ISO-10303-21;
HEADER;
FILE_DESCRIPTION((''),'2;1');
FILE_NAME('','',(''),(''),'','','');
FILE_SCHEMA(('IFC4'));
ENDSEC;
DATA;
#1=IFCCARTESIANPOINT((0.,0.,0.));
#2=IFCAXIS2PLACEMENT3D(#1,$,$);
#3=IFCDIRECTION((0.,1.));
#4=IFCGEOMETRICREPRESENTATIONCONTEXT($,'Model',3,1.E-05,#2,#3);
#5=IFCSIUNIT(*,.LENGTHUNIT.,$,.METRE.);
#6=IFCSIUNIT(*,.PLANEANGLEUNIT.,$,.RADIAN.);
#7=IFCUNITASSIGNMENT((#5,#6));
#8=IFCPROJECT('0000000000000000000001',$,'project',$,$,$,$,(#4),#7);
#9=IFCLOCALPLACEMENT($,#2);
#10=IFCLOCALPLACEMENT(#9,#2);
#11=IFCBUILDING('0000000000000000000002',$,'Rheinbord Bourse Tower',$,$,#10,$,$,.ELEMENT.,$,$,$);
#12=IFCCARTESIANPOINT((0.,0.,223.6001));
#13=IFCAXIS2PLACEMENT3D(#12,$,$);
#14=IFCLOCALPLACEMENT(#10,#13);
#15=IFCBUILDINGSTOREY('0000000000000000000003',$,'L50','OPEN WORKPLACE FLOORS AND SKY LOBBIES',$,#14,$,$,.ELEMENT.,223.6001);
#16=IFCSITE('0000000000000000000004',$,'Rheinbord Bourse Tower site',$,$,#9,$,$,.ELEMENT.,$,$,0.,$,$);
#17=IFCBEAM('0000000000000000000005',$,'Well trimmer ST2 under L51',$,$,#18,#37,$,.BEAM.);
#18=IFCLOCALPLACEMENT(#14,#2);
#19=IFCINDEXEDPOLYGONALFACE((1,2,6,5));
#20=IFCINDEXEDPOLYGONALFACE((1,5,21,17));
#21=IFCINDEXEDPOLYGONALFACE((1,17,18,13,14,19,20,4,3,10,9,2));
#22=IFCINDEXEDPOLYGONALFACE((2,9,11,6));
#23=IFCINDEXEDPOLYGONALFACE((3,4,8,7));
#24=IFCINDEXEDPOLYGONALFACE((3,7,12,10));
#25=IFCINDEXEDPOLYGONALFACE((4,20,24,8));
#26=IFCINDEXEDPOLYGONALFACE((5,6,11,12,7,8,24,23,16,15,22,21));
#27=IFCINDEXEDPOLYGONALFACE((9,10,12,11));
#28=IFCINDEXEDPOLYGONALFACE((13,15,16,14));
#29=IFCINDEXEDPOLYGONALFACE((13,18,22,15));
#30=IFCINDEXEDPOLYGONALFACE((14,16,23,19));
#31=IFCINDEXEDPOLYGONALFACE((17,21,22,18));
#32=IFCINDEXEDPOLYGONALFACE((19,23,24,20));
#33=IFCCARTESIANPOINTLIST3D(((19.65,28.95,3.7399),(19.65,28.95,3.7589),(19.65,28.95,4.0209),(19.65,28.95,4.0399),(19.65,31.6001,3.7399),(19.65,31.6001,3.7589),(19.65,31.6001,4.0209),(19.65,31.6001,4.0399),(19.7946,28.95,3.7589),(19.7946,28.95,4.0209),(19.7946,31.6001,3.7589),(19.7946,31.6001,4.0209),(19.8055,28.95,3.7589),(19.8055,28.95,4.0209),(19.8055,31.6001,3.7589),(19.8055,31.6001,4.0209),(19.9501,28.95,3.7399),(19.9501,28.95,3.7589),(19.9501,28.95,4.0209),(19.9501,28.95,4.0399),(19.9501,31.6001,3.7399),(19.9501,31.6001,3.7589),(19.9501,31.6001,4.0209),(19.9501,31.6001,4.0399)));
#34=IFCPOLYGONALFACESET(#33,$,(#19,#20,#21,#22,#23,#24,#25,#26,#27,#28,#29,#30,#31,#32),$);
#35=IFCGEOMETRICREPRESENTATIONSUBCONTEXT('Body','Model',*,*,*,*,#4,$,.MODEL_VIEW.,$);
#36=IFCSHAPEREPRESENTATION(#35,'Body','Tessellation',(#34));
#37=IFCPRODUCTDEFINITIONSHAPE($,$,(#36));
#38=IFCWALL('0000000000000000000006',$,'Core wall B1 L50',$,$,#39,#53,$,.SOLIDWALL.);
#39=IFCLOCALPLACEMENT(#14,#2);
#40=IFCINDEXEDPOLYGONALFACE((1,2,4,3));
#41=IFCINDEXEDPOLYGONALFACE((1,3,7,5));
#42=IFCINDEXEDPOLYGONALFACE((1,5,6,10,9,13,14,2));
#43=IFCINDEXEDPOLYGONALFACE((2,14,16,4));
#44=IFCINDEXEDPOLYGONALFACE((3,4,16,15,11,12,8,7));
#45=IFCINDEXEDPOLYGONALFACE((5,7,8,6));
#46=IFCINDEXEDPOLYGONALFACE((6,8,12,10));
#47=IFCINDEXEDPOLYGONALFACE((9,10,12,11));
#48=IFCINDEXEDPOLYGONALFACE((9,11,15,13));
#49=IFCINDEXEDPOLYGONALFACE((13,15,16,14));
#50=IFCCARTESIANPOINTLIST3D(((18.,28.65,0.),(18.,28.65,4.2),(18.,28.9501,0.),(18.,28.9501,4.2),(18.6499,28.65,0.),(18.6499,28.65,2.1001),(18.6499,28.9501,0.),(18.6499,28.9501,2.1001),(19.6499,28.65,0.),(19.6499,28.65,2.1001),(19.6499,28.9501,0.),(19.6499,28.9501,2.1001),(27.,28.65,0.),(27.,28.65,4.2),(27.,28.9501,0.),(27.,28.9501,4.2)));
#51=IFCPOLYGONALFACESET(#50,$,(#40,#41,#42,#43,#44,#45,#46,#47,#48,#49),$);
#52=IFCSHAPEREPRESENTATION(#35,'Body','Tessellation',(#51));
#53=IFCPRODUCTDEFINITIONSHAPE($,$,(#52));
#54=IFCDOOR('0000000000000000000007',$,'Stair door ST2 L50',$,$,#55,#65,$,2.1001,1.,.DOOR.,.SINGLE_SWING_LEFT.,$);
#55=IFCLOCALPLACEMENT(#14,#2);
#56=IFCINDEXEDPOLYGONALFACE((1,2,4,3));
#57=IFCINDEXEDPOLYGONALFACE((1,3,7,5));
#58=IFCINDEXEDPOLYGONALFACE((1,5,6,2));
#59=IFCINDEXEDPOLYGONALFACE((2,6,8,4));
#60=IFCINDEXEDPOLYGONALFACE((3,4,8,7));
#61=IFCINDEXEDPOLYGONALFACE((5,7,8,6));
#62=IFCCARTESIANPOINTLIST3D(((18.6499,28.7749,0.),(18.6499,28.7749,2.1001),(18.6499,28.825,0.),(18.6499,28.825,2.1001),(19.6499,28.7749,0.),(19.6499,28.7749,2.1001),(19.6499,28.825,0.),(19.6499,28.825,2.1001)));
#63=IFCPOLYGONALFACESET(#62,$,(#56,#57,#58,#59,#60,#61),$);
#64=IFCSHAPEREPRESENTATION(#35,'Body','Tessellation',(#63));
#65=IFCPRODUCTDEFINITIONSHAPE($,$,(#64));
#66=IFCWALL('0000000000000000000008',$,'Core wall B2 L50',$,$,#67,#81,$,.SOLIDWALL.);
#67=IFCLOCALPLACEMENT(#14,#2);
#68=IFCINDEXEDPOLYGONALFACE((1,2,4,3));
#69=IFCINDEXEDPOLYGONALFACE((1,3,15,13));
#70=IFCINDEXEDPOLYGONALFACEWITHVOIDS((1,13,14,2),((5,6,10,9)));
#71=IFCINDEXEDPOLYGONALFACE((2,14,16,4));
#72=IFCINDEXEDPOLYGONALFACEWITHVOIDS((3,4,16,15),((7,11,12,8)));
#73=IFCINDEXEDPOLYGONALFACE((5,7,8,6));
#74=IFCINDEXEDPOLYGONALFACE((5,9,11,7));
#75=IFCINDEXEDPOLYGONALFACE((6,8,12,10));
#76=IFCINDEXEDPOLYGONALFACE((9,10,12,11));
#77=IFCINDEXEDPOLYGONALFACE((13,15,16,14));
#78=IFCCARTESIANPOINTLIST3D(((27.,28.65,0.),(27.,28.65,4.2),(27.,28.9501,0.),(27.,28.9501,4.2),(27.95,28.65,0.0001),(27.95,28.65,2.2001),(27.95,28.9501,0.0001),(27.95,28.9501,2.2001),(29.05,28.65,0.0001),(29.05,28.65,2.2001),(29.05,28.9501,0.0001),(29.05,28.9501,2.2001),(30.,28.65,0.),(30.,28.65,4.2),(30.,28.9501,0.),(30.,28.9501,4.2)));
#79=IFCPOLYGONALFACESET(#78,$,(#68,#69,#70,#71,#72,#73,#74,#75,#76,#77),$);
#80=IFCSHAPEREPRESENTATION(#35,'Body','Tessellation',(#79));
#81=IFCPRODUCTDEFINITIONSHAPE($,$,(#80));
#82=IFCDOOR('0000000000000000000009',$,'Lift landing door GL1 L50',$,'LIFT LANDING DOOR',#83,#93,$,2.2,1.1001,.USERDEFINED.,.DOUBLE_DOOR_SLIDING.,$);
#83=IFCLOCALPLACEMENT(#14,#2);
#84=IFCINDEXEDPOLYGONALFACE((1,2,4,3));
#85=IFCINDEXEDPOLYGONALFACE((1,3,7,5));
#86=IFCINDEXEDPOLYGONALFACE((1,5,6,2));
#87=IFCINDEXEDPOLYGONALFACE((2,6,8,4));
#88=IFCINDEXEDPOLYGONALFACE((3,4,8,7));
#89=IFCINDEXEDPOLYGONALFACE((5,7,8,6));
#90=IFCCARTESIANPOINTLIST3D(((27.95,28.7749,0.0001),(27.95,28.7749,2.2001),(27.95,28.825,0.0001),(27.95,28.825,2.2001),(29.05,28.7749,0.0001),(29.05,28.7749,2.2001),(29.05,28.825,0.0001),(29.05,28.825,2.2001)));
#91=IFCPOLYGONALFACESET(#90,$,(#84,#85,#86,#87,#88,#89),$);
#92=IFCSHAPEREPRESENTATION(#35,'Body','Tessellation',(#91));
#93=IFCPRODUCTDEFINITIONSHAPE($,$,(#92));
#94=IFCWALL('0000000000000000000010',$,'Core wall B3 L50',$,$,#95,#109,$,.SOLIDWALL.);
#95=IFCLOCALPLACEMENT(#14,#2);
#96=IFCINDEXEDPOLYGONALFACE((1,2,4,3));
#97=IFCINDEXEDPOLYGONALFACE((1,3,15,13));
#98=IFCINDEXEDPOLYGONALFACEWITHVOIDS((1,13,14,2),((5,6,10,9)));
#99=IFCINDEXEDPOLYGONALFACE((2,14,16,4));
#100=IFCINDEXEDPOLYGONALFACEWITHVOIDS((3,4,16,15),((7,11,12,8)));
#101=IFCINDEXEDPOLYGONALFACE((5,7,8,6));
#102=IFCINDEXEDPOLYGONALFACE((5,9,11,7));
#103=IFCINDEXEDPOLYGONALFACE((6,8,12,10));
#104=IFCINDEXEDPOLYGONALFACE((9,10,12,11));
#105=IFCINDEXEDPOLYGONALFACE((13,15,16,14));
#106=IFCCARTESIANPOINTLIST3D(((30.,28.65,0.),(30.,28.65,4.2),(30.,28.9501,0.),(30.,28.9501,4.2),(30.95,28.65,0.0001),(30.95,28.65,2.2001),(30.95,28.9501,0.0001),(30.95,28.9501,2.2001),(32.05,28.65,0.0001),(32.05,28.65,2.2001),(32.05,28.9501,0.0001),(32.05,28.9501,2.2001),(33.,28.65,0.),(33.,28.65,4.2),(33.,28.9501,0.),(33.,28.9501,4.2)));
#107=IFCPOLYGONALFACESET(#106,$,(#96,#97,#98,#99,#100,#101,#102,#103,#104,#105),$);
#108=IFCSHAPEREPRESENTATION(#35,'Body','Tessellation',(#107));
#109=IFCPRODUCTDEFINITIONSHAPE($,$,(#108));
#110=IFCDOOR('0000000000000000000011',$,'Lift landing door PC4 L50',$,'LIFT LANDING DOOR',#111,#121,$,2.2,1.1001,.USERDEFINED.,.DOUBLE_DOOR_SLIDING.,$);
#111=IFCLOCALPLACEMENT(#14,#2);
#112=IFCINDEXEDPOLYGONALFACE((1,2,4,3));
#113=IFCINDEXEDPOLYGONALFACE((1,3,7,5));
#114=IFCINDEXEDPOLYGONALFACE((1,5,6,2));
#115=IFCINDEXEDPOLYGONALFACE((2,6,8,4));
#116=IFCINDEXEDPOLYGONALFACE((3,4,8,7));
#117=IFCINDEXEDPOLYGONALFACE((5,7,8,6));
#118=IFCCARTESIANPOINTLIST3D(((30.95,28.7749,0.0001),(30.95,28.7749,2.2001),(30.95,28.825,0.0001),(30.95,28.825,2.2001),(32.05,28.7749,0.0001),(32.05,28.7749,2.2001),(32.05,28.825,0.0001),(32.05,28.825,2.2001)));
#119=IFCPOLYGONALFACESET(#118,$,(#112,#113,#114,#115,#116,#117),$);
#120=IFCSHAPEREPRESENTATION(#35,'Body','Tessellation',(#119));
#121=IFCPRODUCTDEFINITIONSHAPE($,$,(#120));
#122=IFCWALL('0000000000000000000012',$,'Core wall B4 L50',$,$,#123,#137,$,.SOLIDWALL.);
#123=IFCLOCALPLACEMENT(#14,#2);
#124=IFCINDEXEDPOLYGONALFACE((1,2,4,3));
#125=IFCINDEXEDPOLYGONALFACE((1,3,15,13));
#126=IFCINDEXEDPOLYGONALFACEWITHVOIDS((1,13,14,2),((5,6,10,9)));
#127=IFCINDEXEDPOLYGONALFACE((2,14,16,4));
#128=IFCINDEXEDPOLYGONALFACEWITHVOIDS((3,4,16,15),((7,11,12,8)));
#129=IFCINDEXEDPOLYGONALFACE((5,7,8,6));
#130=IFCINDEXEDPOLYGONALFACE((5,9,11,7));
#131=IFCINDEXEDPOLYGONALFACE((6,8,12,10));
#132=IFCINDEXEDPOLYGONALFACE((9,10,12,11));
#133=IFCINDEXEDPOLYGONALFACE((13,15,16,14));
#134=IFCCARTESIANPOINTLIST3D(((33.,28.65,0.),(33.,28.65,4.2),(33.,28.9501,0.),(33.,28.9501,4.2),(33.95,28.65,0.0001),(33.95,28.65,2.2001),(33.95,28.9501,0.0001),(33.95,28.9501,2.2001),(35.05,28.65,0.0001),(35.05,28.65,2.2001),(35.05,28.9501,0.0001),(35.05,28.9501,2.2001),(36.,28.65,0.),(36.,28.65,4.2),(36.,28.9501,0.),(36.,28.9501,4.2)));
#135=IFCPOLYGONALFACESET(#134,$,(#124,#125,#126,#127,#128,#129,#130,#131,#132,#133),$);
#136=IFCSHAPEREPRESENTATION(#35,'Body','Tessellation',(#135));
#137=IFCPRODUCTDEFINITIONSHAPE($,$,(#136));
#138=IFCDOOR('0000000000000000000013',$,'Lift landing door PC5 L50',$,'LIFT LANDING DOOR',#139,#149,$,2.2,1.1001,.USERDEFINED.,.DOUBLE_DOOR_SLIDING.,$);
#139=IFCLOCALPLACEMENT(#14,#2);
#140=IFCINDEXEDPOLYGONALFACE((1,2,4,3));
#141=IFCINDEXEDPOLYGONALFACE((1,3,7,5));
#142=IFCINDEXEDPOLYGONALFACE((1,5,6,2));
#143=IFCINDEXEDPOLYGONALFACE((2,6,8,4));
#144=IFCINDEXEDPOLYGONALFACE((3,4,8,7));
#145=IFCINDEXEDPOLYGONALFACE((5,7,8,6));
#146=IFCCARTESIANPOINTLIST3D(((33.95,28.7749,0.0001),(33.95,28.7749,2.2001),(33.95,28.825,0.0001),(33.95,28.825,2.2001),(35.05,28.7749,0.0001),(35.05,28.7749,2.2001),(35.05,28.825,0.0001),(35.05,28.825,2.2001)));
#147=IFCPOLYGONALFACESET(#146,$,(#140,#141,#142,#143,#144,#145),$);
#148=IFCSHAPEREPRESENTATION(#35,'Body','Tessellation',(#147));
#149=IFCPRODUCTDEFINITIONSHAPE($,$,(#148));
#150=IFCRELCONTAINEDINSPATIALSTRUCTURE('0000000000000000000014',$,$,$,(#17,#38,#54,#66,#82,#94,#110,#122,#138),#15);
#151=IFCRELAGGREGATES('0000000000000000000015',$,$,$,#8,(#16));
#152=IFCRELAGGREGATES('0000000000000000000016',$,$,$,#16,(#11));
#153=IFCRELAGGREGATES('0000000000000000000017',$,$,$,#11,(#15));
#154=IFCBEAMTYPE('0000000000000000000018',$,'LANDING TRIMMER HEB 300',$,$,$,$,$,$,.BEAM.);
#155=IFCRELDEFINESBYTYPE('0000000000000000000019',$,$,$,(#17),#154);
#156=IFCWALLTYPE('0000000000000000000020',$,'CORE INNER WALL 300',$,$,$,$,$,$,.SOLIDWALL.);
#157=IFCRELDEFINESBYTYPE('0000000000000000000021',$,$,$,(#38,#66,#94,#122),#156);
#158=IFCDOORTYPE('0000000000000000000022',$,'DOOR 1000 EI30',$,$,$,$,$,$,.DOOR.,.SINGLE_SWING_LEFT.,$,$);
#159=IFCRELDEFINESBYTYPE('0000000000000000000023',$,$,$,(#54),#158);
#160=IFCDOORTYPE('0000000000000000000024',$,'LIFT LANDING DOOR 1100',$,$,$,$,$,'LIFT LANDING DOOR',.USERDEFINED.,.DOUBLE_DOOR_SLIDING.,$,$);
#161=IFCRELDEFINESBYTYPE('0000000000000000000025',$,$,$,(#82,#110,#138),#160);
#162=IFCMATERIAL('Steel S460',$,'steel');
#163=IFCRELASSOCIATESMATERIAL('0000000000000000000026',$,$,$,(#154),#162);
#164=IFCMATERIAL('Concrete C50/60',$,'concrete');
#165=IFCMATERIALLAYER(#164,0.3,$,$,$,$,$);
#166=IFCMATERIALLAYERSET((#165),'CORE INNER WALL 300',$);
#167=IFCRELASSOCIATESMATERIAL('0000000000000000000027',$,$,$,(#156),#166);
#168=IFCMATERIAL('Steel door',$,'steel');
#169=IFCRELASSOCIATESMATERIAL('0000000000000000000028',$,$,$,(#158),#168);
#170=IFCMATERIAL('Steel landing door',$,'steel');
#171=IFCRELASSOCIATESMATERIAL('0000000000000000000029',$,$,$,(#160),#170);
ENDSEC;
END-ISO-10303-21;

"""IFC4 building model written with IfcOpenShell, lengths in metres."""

from ifc_helpers import new_model, si_unit, direction, frame, frame_2d, origin, origin_2d, place, context, subcontext, project, spatial, rectangle, i_section, extrude, material, layer, layer_set, material_profile, profile_set, type_object, element, fill, save


model = new_model("IFC4")

# Units and contexts
model_context = context("Model", 3, precision=1e-05, world=origin(), true_north=direction((0.0, 1.0)))
body_context = subcontext(model_context, "Body", "Model", "MODEL_VIEW")
ifc_project = project(units=[si_unit("LENGTHUNIT", "METRE"), si_unit("PLANEANGLEUNIT", "RADIAN")], contexts=[model_context])

# Site, building, storey
site_placement = place(None, origin())
site = spatial("IfcSite", under=ifc_project, at=site_placement, Name="Rheinbord Bourse Tower site", CompositionType="ELEMENT", RefElevation=0.0)
building_placement = place(site_placement, origin())
building = spatial("IfcBuilding", under=site, at=building_placement, Name="Rheinbord Bourse Tower", CompositionType="ELEMENT")
storey_placement = place(building_placement, frame((0.0, 0.0, 223.6001)))
storey = spatial("IfcBuildingStorey", under=building, at=storey_placement, Name="L50", Description="OPEN WORKPLACE FLOORS AND SKY LOBBIES", CompositionType="ELEMENT", Elevation=223.6001)

# Beam
ifc_material_1 = material(Name="Steel S460", Category="steel")
ifc_material_profile = material_profile(ifc_material_1, i_section(OverallWidth=0.3, OverallDepth=0.3, WebThickness=0.011, FlangeThickness=0.019, at=origin_2d()), Name="HEB 300")
ifc_profile_set = profile_set([ifc_material_profile], Name="Steel S460")
beam_type = type_object("IfcBeamType", Name="LANDING TRIMMER HEB 300", PredefinedType="BEAM", material=ifc_profile_set)
beam_placement = place(storey_placement, frame((19.8, 28.95, 3.8899), z_axis=(0.0, 1.0, 0.0), x_axis=(-1.0, 0.0, 0.0)))
element("IfcBeam", 1, at=beam_placement, inside=storey, type_object=beam_type, Name="Well trimmer ST2 under L51", PredefinedType="BEAM", context=body_context, shape_type="SweptSolid", body=[
    extrude(i_section(OverallWidth=0.3, OverallDepth=0.3, WebThickness=0.011, FlangeThickness=0.019, at=origin_2d()), origin(), (0.0, 0.0, 1.0), 2.6501),
])

# Walls, openings, doors
ifc_material_2 = material(Name="Concrete C50/60", Category="concrete")
ifc_layer_1 = layer(ifc_material_2, 0.3)
ifc_layer_set_1 = layer_set([ifc_layer_1], Name="CORE INNER WALL 300")
wall_type_1 = type_object("IfcWallType", Name="CORE INNER WALL 300", PredefinedType="SOLIDWALL", material=ifc_layer_set_1)
wall_1_placement = place(storey_placement, frame((18.0, 28.8, 0.0), z_axis=(0.0, 0.0, 1.0), x_axis=(1.0, 0.0, 0.0)))
wall_1 = element("IfcWall", 2, at=wall_1_placement, inside=storey, type_object=wall_type_1, Name="Core wall B1 L50", PredefinedType="SOLIDWALL", context=body_context, shape_type="SweptSolid", body=[
    extrude(rectangle(XDim=9.0, YDim=0.3, at=frame_2d((4.5, 0.0))), origin(), (0.0, 0.0, 1.0), 4.2),
])
opening_1_placement = place(wall_1_placement, frame((0.6499, 0.0, 0.0)))
opening_1 = element("IfcOpeningElement", 3, at=opening_1_placement, cuts=wall_1, PredefinedType="OPENING", context=body_context, shape_type="SweptSolid", body=[
    extrude(rectangle(XDim=1.0, YDim=2.1001, at=frame_2d((0.5, 1.05))), frame((0.0, 0.1599, 0.0), z_axis=(0.0, -1.0, 0.0), x_axis=(1.0, 0.0, 0.0)), (0.0, 0.0, 1.0), 0.3201),
])
ifc_material_3 = material(Name="Steel door", Category="steel")
door_type_1 = type_object("IfcDoorType", Name="DOOR 1000 EI30", OperationType="SINGLE_SWING_LEFT", PredefinedType="DOOR", material=ifc_material_3)
door_1_placement = place(opening_1_placement, origin())
door_1 = element("IfcDoor", 4, at=door_1_placement, inside=storey, type_object=door_type_1, Name="Stair door ST2 L50", OperationType="SINGLE_SWING_LEFT", OverallHeight=2.1001, OverallWidth=1.0, PredefinedType="DOOR", context=body_context, shape_type="SweptSolid", body=[
    extrude(rectangle(XDim=1.0, YDim=2.1001, at=frame_2d((0.5, 1.05))), frame((0.0, 0.0249, 0.0), z_axis=(0.0, -1.0, 0.0), x_axis=(1.0, 0.0, 0.0)), (0.0, 0.0, 1.0), 0.05),
])
fill(opening_1, door_1)
wall_2_placement = place(storey_placement, frame((27.0, 28.8, 0.0), z_axis=(0.0, 0.0, 1.0), x_axis=(1.0, 0.0, 0.0)))
wall_2 = element("IfcWall", 5, at=wall_2_placement, inside=storey, type_object=wall_type_1, Name="Core wall B2 L50", PredefinedType="SOLIDWALL", context=body_context, shape_type="SweptSolid", body=[
    extrude(rectangle(XDim=3.0, YDim=0.3, at=frame_2d((1.5, 0.0))), origin(), (0.0, 0.0, 1.0), 4.2),
])
opening_2_placement = place(wall_2_placement, frame((0.95, 0.0, 0.0)))
opening_2 = element("IfcOpeningElement", 6, at=opening_2_placement, cuts=wall_2, PredefinedType="OPENING", context=body_context, shape_type="SweptSolid", body=[
    extrude(rectangle(XDim=1.1001, YDim=2.2, at=frame_2d((0.55, 1.1001))), frame((0.0, 0.1599, 0.0), z_axis=(0.0, -1.0, 0.0), x_axis=(1.0, 0.0, 0.0)), (0.0, 0.0, 1.0), 0.3201),
])
ifc_material_4 = material(Name="Steel landing door", Category="steel")
door_type_2 = type_object("IfcDoorType", Name="LIFT LANDING DOOR 1100", ElementType="LIFT LANDING DOOR", OperationType="DOUBLE_DOOR_SLIDING", PredefinedType="USERDEFINED", material=ifc_material_4)
door_2_placement = place(opening_2_placement, origin())
door_2 = element("IfcDoor", 7, at=door_2_placement, inside=storey, type_object=door_type_2, Name="Lift landing door GL1 L50", ObjectType="LIFT LANDING DOOR", OperationType="DOUBLE_DOOR_SLIDING", OverallHeight=2.2, OverallWidth=1.1001, PredefinedType="USERDEFINED", context=body_context, shape_type="SweptSolid", body=[
    extrude(rectangle(XDim=1.1001, YDim=2.2, at=frame_2d((0.55, 1.1001))), frame((0.0, 0.0249, 0.0), z_axis=(0.0, -1.0, 0.0), x_axis=(1.0, 0.0, 0.0)), (0.0, 0.0, 1.0), 0.05),
])
fill(opening_2, door_2)
wall_3_placement = place(storey_placement, frame((30.0, 28.8, 0.0), z_axis=(0.0, 0.0, 1.0), x_axis=(1.0, 0.0, 0.0)))
wall_3 = element("IfcWall", 8, at=wall_3_placement, inside=storey, type_object=wall_type_1, Name="Core wall B3 L50", PredefinedType="SOLIDWALL", context=body_context, shape_type="SweptSolid", body=[
    extrude(rectangle(XDim=3.0, YDim=0.3, at=frame_2d((1.5, 0.0))), origin(), (0.0, 0.0, 1.0), 4.2),
])
opening_3_placement = place(wall_3_placement, frame((0.95, 0.0, 0.0)))
opening_3 = element("IfcOpeningElement", 9, at=opening_3_placement, cuts=wall_3, PredefinedType="OPENING", context=body_context, shape_type="SweptSolid", body=[
    extrude(rectangle(XDim=1.1001, YDim=2.2, at=frame_2d((0.55, 1.1001))), frame((0.0, 0.1599, 0.0), z_axis=(0.0, -1.0, 0.0), x_axis=(1.0, 0.0, 0.0)), (0.0, 0.0, 1.0), 0.3201),
])
door_3_placement = place(opening_3_placement, origin())
door_3 = element("IfcDoor", 10, at=door_3_placement, inside=storey, type_object=door_type_2, Name="Lift landing door PC4 L50", ObjectType="LIFT LANDING DOOR", OperationType="DOUBLE_DOOR_SLIDING", OverallHeight=2.2, OverallWidth=1.1001, PredefinedType="USERDEFINED", context=body_context, shape_type="SweptSolid", body=[
    extrude(rectangle(XDim=1.1001, YDim=2.2, at=frame_2d((0.55, 1.1001))), frame((0.0, 0.0249, 0.0), z_axis=(0.0, -1.0, 0.0), x_axis=(1.0, 0.0, 0.0)), (0.0, 0.0, 1.0), 0.05),
])
fill(opening_3, door_3)
wall_4_placement = place(storey_placement, frame((33.0, 28.8, 0.0), z_axis=(0.0, 0.0, 1.0), x_axis=(1.0, 0.0, 0.0)))
wall_4 = element("IfcWall", 11, at=wall_4_placement, inside=storey, type_object=wall_type_1, Name="Core wall B4 L50", PredefinedType="SOLIDWALL", context=body_context, shape_type="SweptSolid", body=[
    extrude(rectangle(XDim=3.0, YDim=0.3, at=frame_2d((1.5, 0.0))), origin(), (0.0, 0.0, 1.0), 4.2),
])
opening_4_placement = place(wall_4_placement, frame((0.95, 0.0, 0.0)))
opening_4 = element("IfcOpeningElement", 12, at=opening_4_placement, cuts=wall_4, PredefinedType="OPENING", context=body_context, shape_type="SweptSolid", body=[
    extrude(rectangle(XDim=1.1001, YDim=2.2, at=frame_2d((0.55, 1.1001))), frame((0.0, 0.1599, 0.0), z_axis=(0.0, -1.0, 0.0), x_axis=(1.0, 0.0, 0.0)), (0.0, 0.0, 1.0), 0.3201),
])
door_4_placement = place(opening_4_placement, origin())
door_4 = element("IfcDoor", 13, at=door_4_placement, inside=storey, type_object=door_type_2, Name="Lift landing door PC5 L50", ObjectType="LIFT LANDING DOOR", OperationType="DOUBLE_DOOR_SLIDING", OverallHeight=2.2, OverallWidth=1.1001, PredefinedType="USERDEFINED", context=body_context, shape_type="SweptSolid", body=[
    extrude(rectangle(XDim=1.1001, YDim=2.2, at=frame_2d((0.55, 1.1001))), frame((0.0, 0.0249, 0.0), z_axis=(0.0, -1.0, 0.0), x_axis=(1.0, 0.0, 0.0)), (0.0, 0.0, 1.0), 0.05),
])
fill(opening_4, door_4)

save(model, "model.ifc")
